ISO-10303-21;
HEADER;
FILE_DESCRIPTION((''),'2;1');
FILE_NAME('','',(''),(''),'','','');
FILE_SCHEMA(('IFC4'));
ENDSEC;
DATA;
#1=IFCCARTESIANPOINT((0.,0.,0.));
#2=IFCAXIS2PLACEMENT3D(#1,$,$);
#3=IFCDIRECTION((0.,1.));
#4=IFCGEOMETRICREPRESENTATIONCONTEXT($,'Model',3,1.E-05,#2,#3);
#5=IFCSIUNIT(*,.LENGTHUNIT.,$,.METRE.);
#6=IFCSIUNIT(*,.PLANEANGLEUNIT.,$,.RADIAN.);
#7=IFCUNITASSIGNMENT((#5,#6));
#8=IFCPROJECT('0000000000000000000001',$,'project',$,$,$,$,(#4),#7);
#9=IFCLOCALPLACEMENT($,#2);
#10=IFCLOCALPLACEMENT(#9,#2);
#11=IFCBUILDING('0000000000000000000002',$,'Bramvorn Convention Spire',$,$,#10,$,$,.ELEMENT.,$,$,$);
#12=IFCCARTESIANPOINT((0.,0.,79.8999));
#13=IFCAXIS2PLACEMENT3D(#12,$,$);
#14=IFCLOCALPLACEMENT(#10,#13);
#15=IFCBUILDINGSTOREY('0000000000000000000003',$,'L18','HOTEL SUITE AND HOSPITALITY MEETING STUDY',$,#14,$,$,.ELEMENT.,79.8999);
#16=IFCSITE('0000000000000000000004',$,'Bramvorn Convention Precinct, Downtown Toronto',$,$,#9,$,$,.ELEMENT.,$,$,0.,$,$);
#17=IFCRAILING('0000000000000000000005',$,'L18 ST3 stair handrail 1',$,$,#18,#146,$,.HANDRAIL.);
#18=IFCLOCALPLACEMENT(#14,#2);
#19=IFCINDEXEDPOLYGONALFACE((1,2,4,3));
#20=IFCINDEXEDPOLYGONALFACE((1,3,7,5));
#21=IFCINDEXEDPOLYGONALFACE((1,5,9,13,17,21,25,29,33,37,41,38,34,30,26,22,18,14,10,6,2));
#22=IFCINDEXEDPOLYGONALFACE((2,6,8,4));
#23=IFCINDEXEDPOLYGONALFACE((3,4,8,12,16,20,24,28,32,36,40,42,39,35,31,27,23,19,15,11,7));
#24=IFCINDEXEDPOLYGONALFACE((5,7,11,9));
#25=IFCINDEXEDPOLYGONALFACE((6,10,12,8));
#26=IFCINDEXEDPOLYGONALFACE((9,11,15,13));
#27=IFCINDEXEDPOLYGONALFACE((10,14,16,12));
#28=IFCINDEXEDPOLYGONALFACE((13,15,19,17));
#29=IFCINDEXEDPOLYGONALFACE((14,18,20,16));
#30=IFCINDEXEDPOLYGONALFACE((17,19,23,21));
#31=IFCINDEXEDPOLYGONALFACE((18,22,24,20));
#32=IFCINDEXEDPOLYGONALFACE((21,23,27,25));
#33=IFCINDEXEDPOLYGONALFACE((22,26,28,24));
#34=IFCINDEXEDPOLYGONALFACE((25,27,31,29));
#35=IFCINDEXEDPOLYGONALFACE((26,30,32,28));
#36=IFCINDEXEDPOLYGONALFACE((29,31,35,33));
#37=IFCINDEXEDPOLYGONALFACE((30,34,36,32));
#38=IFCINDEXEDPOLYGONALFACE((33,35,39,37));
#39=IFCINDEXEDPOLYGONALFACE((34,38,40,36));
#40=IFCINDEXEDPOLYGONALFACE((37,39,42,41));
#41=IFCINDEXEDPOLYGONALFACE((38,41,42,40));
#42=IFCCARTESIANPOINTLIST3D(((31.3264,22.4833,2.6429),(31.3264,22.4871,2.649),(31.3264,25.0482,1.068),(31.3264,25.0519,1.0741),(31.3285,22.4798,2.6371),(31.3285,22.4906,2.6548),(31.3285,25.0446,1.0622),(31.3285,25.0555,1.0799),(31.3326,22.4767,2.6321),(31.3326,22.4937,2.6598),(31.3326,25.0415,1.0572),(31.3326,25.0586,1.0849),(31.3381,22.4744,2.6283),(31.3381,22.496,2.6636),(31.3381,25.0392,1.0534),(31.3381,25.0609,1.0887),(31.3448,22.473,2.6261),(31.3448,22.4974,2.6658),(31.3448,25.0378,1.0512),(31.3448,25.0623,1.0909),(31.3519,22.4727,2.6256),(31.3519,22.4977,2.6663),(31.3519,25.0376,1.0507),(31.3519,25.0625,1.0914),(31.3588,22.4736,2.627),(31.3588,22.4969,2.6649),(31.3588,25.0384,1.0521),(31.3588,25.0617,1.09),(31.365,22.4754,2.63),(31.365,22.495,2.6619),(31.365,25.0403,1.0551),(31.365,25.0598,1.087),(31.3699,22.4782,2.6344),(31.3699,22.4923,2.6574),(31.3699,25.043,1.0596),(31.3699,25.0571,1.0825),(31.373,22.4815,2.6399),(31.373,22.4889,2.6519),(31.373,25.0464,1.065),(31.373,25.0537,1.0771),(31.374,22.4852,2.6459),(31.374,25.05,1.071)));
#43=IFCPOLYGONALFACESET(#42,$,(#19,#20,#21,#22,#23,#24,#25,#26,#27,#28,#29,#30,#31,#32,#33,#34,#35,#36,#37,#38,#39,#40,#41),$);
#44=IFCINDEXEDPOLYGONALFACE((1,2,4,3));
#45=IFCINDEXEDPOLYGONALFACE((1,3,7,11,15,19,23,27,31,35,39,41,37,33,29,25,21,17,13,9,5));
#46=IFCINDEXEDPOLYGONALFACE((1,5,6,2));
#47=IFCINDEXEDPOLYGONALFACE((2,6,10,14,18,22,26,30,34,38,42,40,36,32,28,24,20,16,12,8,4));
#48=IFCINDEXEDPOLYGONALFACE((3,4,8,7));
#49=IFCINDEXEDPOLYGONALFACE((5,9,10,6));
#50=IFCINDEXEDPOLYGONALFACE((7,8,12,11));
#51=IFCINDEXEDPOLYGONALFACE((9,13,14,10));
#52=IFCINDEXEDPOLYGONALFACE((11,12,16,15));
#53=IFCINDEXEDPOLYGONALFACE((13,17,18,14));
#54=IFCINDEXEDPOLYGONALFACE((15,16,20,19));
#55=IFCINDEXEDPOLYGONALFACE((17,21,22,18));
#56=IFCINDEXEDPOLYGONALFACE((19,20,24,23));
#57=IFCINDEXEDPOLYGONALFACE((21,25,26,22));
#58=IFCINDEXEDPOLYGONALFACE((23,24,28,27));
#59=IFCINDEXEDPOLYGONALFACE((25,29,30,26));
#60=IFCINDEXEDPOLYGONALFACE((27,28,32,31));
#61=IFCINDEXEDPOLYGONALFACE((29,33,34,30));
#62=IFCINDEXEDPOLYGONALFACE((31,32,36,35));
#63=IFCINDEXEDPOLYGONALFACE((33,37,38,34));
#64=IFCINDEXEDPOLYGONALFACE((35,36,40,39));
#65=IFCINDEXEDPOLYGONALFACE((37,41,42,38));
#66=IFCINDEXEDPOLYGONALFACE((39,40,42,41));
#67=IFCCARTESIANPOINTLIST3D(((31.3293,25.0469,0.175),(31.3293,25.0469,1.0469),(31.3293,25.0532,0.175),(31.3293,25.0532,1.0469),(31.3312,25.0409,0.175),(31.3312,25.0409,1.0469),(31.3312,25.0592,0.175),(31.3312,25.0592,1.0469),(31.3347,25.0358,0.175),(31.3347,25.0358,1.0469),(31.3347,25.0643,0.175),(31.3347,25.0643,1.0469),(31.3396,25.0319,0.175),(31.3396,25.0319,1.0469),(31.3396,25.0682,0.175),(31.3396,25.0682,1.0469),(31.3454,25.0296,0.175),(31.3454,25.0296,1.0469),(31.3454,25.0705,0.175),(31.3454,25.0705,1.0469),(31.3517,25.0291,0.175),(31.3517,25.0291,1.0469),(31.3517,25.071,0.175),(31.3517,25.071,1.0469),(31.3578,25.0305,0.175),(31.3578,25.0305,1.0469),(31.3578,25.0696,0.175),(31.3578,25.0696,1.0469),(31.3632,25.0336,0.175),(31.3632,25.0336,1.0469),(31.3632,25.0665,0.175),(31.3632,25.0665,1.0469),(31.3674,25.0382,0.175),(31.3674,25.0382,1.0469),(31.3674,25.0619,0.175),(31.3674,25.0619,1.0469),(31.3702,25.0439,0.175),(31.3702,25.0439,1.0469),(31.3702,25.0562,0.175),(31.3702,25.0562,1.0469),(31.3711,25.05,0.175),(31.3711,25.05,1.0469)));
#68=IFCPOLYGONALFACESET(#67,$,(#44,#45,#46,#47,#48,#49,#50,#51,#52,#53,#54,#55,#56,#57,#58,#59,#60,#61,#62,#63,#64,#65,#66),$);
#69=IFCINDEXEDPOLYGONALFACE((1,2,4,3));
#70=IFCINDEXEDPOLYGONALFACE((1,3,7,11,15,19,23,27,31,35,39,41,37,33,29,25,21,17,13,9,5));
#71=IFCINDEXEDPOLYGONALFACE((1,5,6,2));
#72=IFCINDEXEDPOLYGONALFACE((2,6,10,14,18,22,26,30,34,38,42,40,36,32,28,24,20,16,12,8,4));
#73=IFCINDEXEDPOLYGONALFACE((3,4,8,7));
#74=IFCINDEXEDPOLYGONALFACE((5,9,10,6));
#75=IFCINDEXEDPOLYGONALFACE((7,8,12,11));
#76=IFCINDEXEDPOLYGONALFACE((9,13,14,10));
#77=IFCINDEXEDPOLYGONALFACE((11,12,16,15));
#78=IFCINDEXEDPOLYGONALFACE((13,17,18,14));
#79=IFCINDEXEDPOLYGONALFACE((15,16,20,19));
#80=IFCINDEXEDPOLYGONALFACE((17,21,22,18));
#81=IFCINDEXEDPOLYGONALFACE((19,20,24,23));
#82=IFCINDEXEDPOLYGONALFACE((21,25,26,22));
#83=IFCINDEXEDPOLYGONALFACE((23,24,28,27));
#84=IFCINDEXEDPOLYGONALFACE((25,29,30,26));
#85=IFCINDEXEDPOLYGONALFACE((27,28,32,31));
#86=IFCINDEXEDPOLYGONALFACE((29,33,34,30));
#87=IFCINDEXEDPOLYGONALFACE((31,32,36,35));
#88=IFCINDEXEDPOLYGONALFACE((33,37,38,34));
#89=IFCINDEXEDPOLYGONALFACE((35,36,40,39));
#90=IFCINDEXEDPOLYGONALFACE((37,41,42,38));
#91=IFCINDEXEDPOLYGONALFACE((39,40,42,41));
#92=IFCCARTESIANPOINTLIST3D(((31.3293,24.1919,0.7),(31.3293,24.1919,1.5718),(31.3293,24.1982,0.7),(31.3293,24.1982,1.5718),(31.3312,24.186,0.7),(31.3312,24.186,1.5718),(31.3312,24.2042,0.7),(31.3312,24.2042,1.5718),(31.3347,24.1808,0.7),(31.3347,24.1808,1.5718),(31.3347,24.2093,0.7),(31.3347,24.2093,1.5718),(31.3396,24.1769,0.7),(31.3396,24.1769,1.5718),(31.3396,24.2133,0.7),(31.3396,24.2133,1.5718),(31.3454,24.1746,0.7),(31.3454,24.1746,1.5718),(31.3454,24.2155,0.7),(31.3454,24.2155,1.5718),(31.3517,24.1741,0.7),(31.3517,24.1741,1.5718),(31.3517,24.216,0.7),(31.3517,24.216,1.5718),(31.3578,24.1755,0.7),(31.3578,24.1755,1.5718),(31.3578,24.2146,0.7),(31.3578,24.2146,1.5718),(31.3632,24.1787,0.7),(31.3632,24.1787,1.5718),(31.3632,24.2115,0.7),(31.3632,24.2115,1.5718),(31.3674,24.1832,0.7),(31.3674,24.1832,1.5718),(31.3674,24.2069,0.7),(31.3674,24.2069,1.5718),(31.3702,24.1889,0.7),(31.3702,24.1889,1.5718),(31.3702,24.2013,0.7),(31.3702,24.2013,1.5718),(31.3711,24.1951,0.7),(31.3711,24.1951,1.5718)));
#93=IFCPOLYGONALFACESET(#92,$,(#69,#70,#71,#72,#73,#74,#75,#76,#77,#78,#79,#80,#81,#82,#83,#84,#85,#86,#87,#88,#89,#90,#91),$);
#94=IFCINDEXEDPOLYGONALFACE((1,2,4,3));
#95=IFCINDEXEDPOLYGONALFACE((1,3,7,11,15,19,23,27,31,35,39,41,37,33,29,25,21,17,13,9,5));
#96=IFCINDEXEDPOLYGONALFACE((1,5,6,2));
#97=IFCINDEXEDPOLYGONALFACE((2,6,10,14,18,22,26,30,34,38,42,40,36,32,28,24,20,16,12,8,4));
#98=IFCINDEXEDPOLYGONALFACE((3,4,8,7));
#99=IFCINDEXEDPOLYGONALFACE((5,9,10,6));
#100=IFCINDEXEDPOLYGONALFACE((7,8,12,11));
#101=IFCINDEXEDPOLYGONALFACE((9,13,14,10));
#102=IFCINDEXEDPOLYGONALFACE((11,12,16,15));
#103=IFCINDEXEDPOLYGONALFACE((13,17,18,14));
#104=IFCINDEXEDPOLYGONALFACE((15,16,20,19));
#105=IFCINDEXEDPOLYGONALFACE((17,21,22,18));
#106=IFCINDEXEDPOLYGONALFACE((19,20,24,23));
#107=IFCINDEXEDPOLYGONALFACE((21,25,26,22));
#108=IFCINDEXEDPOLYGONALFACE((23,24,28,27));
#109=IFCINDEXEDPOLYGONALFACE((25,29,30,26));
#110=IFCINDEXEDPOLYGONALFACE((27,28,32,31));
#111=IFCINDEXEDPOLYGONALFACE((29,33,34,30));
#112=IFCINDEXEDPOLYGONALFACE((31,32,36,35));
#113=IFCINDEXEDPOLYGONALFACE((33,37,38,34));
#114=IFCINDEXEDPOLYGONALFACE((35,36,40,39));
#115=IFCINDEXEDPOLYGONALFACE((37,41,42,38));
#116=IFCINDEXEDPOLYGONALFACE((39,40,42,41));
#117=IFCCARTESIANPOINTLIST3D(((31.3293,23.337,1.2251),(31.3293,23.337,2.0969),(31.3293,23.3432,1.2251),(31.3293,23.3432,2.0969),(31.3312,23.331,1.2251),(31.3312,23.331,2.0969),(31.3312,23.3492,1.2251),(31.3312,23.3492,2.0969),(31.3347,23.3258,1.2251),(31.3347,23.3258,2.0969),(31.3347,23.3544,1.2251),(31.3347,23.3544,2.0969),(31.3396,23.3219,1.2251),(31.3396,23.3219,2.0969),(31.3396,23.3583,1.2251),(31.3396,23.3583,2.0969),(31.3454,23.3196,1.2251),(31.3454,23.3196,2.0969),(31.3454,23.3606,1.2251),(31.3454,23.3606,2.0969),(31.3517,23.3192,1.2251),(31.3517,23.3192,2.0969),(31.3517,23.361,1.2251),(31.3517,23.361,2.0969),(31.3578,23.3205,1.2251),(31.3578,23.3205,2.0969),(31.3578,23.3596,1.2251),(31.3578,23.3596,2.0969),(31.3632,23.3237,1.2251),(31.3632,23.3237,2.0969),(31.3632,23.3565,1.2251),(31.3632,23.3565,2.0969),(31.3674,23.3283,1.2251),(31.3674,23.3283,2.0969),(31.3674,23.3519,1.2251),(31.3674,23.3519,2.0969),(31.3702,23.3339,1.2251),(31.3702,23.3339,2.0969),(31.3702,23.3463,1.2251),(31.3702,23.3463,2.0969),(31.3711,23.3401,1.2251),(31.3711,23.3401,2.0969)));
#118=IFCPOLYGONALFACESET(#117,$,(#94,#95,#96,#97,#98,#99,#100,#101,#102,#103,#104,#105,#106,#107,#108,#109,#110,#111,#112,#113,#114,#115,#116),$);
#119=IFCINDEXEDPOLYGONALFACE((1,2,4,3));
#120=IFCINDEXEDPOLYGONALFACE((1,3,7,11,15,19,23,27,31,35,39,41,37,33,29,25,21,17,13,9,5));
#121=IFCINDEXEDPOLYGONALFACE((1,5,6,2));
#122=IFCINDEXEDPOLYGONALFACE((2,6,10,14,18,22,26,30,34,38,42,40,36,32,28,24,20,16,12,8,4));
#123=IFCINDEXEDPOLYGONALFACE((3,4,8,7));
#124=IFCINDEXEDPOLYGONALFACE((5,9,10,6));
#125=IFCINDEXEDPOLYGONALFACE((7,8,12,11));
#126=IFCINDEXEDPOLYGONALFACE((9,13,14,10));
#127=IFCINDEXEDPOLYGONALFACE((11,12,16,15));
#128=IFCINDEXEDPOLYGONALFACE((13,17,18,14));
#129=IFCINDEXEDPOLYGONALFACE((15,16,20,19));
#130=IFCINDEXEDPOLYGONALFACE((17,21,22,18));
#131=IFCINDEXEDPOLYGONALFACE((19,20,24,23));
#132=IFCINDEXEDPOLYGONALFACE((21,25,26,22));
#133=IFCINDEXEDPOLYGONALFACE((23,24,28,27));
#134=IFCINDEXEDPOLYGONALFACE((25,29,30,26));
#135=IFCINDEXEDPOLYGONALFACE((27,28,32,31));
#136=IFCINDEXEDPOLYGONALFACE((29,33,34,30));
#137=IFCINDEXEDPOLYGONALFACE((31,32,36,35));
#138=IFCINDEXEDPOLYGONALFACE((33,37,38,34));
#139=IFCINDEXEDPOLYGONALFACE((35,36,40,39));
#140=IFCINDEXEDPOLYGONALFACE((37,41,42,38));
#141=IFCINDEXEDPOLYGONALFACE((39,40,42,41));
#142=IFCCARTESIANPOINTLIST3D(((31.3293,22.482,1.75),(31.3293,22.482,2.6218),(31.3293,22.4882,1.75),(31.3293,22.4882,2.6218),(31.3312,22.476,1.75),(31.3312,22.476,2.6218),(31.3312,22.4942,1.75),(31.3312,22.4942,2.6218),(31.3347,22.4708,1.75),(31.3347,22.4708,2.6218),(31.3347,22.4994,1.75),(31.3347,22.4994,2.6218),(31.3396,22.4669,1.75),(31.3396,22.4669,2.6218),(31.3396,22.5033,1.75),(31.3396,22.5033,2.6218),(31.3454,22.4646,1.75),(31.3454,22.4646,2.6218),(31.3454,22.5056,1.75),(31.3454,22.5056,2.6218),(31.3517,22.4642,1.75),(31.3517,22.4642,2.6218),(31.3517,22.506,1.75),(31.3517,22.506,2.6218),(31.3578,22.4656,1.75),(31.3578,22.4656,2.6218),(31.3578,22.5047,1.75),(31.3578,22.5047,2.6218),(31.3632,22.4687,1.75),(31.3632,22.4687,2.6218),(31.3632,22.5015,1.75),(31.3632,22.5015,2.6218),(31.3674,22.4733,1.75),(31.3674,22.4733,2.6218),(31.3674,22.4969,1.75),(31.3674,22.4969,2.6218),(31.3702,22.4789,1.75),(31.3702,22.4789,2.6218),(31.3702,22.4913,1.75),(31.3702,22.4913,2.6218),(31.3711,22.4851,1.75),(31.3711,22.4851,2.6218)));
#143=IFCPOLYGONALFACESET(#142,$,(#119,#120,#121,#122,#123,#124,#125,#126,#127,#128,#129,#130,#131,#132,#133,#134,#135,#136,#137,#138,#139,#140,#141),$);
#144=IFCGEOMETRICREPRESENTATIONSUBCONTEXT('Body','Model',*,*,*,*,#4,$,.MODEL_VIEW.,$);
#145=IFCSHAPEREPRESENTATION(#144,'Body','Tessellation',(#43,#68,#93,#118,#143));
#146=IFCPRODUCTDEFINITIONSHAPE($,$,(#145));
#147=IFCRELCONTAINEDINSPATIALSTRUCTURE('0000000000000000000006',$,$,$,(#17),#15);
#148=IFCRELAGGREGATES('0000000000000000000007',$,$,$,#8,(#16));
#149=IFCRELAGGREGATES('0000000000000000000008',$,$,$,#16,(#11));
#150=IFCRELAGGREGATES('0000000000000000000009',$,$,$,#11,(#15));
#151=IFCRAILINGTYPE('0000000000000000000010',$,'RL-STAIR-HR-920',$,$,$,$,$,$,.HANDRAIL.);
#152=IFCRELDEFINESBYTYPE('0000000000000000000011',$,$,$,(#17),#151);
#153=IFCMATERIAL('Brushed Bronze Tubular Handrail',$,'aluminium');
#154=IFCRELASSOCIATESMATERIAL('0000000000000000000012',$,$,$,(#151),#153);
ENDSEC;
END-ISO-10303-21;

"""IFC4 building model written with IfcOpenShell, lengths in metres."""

from ifc_helpers import new_model, si_unit, direction, frame, origin, origin_2d, place, context, subcontext, project, spatial, circle, extrude, material, type_object, element, save


model = new_model("IFC4")

# Units and contexts
model_context = context("Model", 3, precision=1e-05, world=origin(), true_north=direction((0.0, 1.0)))
body_context = subcontext(model_context, "Body", "Model", "MODEL_VIEW")
ifc_project = project(units=[si_unit("LENGTHUNIT", "METRE"), si_unit("PLANEANGLEUNIT", "RADIAN")], contexts=[model_context])

# Site, building, storey
site_placement = place(None, origin())
site = spatial("IfcSite", under=ifc_project, at=site_placement, Name="Bramvorn Convention Precinct, Downtown Toronto", CompositionType="ELEMENT", RefElevation=0.0)
building_placement = place(site_placement, origin())
building = spatial("IfcBuilding", under=site, at=building_placement, Name="Bramvorn Convention Spire", CompositionType="ELEMENT")
storey_placement = place(building_placement, frame((0.0, 0.0, 79.8999)))
storey = spatial("IfcBuildingStorey", under=building, at=storey_placement, Name="L18", Description="HOTEL SUITE AND HOSPITALITY MEETING STUDY", CompositionType="ELEMENT", Elevation=79.8999)

# Railing
ifc_material_1 = material(Name="Brushed Bronze Tubular Handrail", Category="aluminium")
railing_type_1 = type_object("IfcRailingType", Name="RL-STAIR-HR-920", PredefinedType="HANDRAIL", material=ifc_material_1)
railing_1_placement = place(storey_placement, frame((31.3501, 25.05, 0.175)))
element("IfcRailing", 1, at=railing_1_placement, inside=storey, type_object=railing_type_1, Name="L18 ST3 stair handrail 1", PredefinedType="HANDRAIL", context=body_context, shape_type="SweptSolid", body=[
    extrude(circle(Radius=0.0239, at=origin_2d()), frame((0.0, 0.0, 0.896), z_axis=(0.0, -0.852173, 0.52326), x_axis=(1.0, 0.0, 0.0)), (0.0, 0.0, 1.0), 3.0098),
    extrude(circle(Radius=0.021, at=origin_2d()), origin(), (0.0, 0.0, 1.0), 0.8718),
    extrude(circle(Radius=0.021, at=origin_2d()), frame((0.0, -0.855, 0.5249)), (0.0, 0.0, 1.0), 0.8718),
    extrude(circle(Radius=0.021, at=origin_2d()), frame((0.0, -1.71, 1.05)), (0.0, 0.0, 1.0), 0.8718),
    extrude(circle(Radius=0.021, at=origin_2d()), frame((0.0, -2.5649, 1.575)), (0.0, 0.0, 1.0), 0.8718),
])

save(model, "model.ifc")
